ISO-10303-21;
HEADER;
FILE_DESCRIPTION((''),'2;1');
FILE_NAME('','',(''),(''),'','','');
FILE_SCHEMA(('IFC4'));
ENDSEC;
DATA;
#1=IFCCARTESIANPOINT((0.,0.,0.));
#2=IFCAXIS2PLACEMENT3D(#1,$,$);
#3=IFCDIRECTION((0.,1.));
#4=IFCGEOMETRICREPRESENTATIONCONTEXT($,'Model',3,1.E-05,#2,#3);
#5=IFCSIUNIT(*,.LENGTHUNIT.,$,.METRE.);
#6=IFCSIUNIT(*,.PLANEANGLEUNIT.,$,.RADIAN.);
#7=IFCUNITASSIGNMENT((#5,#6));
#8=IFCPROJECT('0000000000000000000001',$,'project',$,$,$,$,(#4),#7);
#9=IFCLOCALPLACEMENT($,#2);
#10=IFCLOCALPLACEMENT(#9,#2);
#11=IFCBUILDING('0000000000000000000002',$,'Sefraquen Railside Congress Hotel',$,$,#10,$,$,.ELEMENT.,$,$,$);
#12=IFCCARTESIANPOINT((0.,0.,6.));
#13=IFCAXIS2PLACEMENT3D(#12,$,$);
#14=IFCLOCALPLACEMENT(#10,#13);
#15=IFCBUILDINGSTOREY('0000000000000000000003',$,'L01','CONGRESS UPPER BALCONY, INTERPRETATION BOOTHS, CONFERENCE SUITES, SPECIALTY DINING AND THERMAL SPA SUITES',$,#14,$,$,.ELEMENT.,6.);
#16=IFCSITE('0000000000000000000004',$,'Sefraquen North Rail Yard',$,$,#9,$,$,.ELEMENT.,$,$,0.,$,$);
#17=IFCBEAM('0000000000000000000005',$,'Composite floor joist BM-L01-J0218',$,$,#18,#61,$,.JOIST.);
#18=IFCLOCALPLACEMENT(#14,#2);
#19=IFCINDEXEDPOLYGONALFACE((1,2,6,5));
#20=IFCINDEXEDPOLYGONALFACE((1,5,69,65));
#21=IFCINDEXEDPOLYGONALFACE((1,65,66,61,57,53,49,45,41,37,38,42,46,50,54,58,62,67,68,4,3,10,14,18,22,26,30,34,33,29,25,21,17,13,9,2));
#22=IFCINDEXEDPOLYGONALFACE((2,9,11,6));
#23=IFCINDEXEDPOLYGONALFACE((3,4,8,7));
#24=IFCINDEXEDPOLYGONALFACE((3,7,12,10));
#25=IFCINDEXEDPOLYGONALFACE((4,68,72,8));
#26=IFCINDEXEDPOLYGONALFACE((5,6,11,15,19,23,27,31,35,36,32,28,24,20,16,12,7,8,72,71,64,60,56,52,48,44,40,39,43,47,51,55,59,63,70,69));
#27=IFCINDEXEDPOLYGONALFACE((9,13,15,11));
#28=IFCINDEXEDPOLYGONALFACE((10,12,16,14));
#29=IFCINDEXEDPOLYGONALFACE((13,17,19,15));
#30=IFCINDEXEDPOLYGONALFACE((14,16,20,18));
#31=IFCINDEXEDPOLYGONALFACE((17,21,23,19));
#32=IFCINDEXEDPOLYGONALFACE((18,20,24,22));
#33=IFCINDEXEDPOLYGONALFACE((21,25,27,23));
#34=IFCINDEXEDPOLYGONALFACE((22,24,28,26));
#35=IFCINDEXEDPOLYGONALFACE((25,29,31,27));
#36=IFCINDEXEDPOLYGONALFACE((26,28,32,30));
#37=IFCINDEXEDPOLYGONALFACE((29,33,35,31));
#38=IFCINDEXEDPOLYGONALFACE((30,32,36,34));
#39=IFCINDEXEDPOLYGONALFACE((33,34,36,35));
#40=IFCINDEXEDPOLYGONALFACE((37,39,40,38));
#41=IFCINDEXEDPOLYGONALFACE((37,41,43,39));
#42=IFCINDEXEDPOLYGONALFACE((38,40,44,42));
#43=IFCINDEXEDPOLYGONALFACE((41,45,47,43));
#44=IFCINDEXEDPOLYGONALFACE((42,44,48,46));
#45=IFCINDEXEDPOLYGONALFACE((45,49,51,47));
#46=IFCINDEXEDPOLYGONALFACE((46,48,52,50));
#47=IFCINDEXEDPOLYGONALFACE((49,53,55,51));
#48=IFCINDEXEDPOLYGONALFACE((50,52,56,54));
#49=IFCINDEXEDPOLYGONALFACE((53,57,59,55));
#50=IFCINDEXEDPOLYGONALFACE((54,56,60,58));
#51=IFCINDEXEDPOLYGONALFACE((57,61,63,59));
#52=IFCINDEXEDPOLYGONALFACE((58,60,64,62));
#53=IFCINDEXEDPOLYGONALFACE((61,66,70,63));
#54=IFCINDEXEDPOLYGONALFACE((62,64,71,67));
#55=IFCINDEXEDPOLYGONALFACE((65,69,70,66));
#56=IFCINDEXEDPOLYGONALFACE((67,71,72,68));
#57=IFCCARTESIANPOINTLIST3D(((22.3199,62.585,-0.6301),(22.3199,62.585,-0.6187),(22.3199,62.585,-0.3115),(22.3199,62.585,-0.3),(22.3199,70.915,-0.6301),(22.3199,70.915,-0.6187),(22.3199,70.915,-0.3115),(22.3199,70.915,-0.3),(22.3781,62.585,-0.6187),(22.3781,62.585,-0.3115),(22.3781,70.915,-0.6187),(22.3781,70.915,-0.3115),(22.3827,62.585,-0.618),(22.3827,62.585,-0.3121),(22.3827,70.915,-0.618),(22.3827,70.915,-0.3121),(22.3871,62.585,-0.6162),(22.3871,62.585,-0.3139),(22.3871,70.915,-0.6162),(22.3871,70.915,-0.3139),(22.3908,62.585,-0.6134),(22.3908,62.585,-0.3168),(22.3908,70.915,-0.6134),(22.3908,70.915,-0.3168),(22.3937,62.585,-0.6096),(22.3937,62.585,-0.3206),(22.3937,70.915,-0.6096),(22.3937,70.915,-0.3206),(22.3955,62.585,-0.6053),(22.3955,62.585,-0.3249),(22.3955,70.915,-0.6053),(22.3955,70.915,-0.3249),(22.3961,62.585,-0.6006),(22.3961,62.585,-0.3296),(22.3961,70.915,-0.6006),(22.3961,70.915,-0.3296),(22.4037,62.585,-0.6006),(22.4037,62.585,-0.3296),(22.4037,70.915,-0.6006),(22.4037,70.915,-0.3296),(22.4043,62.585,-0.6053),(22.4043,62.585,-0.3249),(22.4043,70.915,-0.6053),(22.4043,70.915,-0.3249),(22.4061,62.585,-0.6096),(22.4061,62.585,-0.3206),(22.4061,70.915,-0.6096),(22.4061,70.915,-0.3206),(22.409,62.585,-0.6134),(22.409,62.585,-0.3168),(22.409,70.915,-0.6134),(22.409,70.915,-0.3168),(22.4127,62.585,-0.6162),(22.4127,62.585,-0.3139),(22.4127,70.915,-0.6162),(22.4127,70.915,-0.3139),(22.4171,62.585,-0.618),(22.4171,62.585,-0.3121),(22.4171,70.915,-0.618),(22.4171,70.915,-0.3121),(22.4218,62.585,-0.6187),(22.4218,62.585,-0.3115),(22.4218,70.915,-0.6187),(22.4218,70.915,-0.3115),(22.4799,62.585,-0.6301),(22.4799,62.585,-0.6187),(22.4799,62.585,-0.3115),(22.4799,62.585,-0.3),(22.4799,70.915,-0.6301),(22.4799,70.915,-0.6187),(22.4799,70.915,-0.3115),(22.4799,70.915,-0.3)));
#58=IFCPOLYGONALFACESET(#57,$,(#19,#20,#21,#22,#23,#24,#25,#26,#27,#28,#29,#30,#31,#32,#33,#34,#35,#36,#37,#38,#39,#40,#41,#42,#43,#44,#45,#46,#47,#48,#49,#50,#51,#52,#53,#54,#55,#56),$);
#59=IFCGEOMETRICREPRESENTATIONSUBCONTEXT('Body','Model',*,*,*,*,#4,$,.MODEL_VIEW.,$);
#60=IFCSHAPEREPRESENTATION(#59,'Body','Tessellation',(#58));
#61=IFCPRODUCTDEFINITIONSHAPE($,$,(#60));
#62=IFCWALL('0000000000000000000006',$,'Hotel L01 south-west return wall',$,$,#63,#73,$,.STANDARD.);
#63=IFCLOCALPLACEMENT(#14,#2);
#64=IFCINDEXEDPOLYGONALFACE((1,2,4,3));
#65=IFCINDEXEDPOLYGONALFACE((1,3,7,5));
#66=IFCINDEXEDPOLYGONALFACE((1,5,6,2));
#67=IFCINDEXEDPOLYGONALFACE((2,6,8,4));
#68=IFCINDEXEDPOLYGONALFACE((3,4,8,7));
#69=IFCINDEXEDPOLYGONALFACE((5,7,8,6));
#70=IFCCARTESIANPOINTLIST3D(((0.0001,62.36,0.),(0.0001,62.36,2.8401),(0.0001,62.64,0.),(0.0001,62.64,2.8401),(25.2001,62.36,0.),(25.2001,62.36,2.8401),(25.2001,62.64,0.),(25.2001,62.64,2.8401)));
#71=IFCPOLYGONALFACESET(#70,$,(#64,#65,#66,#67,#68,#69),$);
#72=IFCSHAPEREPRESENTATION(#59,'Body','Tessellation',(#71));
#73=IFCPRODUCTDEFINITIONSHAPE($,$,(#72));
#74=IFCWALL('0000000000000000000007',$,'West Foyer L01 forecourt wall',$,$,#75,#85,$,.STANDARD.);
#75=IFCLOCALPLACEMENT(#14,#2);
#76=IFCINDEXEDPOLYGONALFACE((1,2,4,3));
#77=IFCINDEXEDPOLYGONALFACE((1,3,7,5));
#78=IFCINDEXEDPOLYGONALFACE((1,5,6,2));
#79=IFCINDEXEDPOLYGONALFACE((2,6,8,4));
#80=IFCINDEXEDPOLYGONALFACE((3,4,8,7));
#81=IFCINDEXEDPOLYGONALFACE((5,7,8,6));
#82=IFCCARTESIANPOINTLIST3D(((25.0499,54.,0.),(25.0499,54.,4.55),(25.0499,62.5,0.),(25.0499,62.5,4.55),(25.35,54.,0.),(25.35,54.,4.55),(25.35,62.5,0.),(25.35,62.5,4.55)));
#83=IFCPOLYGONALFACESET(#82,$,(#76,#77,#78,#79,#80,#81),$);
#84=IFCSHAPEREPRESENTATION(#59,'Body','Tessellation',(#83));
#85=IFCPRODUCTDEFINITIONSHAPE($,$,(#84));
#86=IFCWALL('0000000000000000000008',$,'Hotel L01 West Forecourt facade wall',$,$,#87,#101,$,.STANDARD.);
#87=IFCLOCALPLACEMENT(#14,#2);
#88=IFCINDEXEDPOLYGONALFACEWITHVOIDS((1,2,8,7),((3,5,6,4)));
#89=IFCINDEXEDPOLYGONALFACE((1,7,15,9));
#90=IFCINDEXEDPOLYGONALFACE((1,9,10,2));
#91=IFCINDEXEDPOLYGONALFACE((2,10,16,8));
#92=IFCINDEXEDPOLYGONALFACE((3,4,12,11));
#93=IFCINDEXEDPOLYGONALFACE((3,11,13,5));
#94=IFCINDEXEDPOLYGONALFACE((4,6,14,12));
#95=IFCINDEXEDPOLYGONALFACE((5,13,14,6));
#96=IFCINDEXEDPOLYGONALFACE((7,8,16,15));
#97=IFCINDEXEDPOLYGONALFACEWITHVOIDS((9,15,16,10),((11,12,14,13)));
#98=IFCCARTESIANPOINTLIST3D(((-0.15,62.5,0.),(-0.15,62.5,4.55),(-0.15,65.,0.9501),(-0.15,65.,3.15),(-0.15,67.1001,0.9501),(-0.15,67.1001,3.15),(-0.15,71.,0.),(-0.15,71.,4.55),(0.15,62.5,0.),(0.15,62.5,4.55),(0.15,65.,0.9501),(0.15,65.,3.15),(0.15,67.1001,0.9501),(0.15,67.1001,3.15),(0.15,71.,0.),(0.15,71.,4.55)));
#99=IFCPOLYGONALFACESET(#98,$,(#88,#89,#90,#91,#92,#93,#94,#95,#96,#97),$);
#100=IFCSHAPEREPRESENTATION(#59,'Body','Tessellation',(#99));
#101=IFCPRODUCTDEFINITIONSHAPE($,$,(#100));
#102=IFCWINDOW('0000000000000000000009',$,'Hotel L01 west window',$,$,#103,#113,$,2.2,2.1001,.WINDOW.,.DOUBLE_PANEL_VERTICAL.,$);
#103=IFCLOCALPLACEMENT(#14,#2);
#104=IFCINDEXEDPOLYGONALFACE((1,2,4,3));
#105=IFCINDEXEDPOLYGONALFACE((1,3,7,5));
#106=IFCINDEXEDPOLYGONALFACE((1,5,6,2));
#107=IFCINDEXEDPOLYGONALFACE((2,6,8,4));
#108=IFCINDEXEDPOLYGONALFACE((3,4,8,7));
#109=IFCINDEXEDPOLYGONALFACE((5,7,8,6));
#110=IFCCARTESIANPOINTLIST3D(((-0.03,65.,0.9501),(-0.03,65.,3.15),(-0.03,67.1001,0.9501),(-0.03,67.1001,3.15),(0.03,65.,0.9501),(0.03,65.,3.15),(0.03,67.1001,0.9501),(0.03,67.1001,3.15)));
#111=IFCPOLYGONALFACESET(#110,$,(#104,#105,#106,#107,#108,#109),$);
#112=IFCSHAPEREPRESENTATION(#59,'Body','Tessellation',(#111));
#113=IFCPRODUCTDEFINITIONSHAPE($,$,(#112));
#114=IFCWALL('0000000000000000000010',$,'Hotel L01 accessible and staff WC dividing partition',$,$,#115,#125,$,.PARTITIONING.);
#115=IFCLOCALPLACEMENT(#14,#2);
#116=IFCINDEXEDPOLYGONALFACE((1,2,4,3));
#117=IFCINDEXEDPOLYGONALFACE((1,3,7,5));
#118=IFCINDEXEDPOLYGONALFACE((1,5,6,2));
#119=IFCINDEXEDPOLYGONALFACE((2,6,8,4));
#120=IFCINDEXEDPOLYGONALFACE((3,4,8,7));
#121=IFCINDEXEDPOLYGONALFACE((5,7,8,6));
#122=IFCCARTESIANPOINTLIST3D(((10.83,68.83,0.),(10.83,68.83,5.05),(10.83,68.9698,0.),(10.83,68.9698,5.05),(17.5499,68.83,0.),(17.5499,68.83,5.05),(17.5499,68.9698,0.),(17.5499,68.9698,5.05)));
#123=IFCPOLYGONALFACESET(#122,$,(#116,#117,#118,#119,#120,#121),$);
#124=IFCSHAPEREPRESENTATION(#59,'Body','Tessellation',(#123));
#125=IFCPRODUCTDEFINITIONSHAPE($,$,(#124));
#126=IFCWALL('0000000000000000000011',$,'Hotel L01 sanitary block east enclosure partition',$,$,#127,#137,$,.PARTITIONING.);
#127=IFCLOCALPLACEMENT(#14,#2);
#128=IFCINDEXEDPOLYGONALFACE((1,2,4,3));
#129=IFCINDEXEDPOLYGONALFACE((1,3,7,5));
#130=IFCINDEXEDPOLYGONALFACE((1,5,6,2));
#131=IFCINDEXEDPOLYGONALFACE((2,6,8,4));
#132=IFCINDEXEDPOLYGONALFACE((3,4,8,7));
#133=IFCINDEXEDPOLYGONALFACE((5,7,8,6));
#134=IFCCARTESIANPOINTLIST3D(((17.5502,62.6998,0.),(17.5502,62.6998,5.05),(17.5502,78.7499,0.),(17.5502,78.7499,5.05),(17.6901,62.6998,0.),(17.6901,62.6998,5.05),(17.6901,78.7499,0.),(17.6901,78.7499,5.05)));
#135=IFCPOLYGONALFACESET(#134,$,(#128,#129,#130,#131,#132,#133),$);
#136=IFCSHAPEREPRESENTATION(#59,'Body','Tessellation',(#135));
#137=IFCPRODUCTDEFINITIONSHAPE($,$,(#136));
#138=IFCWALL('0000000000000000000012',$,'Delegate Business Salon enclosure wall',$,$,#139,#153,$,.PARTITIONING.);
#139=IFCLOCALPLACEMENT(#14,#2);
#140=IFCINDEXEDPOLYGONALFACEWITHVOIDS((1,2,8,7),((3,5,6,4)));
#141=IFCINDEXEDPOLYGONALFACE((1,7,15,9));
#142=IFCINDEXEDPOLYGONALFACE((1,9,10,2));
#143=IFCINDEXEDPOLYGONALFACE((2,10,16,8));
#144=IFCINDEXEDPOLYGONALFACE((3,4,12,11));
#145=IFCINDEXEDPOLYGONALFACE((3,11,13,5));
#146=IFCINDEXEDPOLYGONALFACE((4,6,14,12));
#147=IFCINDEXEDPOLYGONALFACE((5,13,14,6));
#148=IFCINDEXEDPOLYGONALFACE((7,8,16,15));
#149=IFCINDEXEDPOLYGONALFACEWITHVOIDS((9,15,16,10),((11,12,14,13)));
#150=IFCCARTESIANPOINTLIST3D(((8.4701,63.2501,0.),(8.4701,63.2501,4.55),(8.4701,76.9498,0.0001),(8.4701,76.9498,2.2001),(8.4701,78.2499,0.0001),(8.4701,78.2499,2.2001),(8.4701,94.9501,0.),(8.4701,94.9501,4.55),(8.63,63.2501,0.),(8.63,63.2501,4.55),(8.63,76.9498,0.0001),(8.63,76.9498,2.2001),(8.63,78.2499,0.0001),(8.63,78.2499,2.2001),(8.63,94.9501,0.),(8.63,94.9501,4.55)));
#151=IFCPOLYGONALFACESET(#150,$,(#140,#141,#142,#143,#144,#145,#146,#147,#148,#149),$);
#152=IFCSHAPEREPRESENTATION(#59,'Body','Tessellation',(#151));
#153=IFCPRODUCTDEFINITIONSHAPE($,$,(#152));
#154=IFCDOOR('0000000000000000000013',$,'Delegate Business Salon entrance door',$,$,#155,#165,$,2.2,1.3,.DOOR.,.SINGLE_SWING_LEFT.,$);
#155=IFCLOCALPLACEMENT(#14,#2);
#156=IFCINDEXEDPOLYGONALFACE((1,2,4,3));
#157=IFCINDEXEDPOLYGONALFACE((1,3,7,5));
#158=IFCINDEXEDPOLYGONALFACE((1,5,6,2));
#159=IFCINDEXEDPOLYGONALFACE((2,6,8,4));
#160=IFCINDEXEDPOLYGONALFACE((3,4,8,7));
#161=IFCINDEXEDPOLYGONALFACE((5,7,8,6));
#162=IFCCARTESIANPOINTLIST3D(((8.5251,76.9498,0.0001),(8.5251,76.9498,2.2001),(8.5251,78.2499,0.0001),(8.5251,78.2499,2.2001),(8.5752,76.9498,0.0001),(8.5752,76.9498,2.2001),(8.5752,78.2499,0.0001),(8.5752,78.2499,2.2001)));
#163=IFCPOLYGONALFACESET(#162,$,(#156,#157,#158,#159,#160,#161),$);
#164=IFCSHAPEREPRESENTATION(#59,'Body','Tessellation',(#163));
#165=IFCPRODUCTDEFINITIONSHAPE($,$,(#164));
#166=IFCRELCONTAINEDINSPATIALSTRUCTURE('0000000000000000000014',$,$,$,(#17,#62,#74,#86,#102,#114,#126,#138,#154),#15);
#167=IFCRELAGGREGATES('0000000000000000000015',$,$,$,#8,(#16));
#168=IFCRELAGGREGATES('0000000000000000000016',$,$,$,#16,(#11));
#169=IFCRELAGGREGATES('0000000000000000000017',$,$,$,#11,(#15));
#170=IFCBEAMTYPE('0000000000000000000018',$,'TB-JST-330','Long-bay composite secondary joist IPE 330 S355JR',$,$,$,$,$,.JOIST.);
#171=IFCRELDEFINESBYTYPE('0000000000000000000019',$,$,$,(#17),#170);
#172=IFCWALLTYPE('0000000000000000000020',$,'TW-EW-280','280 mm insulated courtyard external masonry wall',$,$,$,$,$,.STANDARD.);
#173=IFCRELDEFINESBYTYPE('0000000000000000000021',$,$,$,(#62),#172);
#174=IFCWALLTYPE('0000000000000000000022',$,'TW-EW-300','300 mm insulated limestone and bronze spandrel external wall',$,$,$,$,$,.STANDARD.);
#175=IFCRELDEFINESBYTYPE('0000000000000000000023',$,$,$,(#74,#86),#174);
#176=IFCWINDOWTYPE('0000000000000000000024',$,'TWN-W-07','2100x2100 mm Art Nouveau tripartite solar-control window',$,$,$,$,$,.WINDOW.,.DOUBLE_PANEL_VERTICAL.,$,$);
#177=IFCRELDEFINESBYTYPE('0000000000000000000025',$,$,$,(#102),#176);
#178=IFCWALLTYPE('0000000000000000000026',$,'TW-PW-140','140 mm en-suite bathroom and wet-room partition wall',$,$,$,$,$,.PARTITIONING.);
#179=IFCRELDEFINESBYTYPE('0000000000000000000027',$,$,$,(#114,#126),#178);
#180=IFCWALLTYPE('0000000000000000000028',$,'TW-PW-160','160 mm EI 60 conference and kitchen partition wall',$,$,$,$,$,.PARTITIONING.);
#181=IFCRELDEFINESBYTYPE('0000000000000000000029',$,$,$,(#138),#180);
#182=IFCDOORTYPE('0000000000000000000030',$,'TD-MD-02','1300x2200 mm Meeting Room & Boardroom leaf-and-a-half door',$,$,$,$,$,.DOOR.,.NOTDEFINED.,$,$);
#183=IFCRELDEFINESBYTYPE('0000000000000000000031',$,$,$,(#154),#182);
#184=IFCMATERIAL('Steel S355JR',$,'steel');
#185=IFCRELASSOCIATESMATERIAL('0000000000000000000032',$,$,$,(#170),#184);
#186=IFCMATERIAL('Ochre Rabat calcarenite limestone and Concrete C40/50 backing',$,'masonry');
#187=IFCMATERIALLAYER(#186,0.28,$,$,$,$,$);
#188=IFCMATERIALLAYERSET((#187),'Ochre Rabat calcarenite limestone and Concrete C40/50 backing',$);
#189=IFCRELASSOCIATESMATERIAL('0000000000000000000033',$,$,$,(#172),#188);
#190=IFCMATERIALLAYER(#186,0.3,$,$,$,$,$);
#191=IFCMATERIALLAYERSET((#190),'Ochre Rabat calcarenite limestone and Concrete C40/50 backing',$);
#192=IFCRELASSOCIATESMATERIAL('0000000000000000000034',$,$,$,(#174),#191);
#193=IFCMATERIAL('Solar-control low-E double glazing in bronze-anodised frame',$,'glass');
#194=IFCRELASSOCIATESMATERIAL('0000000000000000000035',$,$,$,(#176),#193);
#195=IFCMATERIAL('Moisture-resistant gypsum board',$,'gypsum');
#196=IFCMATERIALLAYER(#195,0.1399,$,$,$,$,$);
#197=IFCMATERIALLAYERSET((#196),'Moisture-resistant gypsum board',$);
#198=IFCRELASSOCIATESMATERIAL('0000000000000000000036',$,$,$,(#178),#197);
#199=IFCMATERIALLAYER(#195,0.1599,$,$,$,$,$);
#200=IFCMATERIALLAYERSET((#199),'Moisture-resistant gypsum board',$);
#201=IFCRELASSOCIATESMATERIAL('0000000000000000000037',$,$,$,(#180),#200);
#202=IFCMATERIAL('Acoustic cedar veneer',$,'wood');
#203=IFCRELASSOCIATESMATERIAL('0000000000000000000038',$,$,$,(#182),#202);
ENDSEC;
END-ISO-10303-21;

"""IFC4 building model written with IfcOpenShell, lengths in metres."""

from ifc_helpers import new_model, si_unit, direction, frame, frame_2d, origin, origin_2d, place, context, subcontext, project, spatial, rectangle, i_section, extrude, material, layer, layer_set, material_profile, profile_set, type_object, element, fill, save


model = new_model("IFC4")

# Units and contexts
model_context = context("Model", 3, precision=1e-05, world=origin(), true_north=direction((0.0, 1.0)))
body_context = subcontext(model_context, "Body", "Model", "MODEL_VIEW")
ifc_project = project(units=[si_unit("LENGTHUNIT", "METRE"), si_unit("PLANEANGLEUNIT", "RADIAN")], contexts=[model_context])

# Site, building, storey
site_placement = place(None, origin())
site = spatial("IfcSite", under=ifc_project, at=site_placement, Name="Sefraquen North Rail Yard", CompositionType="ELEMENT", RefElevation=0.0)
building_placement = place(site_placement, origin())
building = spatial("IfcBuilding", under=site, at=building_placement, Name="Sefraquen Railside Congress Hotel", CompositionType="ELEMENT")
storey_placement = place(building_placement, frame((0.0, 0.0, 6.0)))
storey = spatial("IfcBuildingStorey", under=building, at=storey_placement, Name="L01", Description="CONGRESS UPPER BALCONY, INTERPRETATION BOOTHS, CONFERENCE SUITES, SPECIALTY DINING AND THERMAL SPA SUITES", CompositionType="ELEMENT", Elevation=6.0)

# Shared definitions
ifc_material_1 = material(Name="Steel S355JR", Category="steel")

# Beam
ifc_material_profile_1 = material_profile(ifc_material_1, i_section(OverallWidth=0.1599, OverallDepth=0.3301, WebThickness=0.0076, FlangeThickness=0.0115, FilletRadius=0.0181, at=origin_2d()), Name="IPE 330")
ifc_profile_set_1 = profile_set([ifc_material_profile_1], Name="Steel S355JR")
beam_type_1 = type_object("IfcBeamType", Name="TB-JST-330", Description="Long-bay composite secondary joist IPE 330 S355JR", PredefinedType="JOIST", material=ifc_profile_set_1)
for number, where, z_axis, x_axis, name in (
    (1, (22.3999, 62.585, -0.4651), (0.0, 1.0, 0.0), (-1.0, 0.0, 0.0), "Composite floor joist BM-L01-J0218"),
):
    element("IfcBeam", number, at=place(storey_placement, frame(where, z_axis=z_axis, x_axis=x_axis)), inside=storey, type_object=beam_type_1, Name=name, PredefinedType="JOIST", context=body_context, shape_type="SweptSolid", body=[
        extrude(i_section(OverallWidth=0.1599, OverallDepth=0.3301, WebThickness=0.0076, FlangeThickness=0.0115, FilletRadius=0.0181, at=origin_2d()), origin(), (0.0, 0.0, 1.0), 8.3301),
    ])

# Walls
ifc_material_2 = material(Name="Ochre Rabat calcarenite limestone and Concrete C40/50 backing", Category="masonry")
ifc_layer_1 = layer(ifc_material_2, 0.28)
ifc_layer_set_1 = layer_set([ifc_layer_1], Name="Ochre Rabat calcarenite limestone and Concrete C40/50 backing")
wall_type_1 = type_object("IfcWallType", Name="TW-EW-280", Description="280 mm insulated courtyard external masonry wall", PredefinedType="STANDARD", material=ifc_layer_set_1)
wall_1_placement = place(storey_placement, frame((0.0, 62.5, 0.0), z_axis=(0.0, 0.0, 1.0), x_axis=(1.0, 0.0, 0.0)))
element("IfcWall", 2, at=wall_1_placement, inside=storey, type_object=wall_type_1, Name="Hotel L01 south-west return wall", PredefinedType="STANDARD", context=body_context, shape_type="SweptSolid", body=[
    extrude(rectangle(XDim=25.2, YDim=0.28, at=frame_2d((12.6001, 0.0))), origin(), (0.0, 0.0, 1.0), 2.8401),
])
ifc_layer_2 = layer(ifc_material_2, 0.3)
ifc_layer_set_2 = layer_set([ifc_layer_2], Name="Ochre Rabat calcarenite limestone and Concrete C40/50 backing")
wall_type_2 = type_object("IfcWallType", Name="TW-EW-300", Description="300 mm insulated limestone and bronze spandrel external wall", PredefinedType="STANDARD", material=ifc_layer_set_2)
wall_2_placement = place(storey_placement, frame((25.2, 54.0, 0.0), z_axis=(0.0, 0.0, 1.0), x_axis=(0.0, 1.0, 0.0)))
element("IfcWall", 3, at=wall_2_placement, inside=storey, type_object=wall_type_2, Name="West Foyer L01 forecourt wall", PredefinedType="STANDARD", context=body_context, shape_type="SweptSolid", body=[
    extrude(rectangle(XDim=8.5, YDim=0.3, at=frame_2d((4.25, 0.0))), origin(), (0.0, 0.0, 1.0), 4.55),
])

# Wall, opening, window
wall_3_placement = place(storey_placement, frame((0.0, 62.5, 0.0), z_axis=(0.0, 0.0, 1.0), x_axis=(0.0, 1.0, 0.0)))
wall_3 = element("IfcWall", 4, at=wall_3_placement, inside=storey, type_object=wall_type_2, Name="Hotel L01 West Forecourt facade wall", PredefinedType="STANDARD", context=body_context, shape_type="SweptSolid", body=[
    extrude(rectangle(XDim=8.5, YDim=0.3, at=frame_2d((4.25, 0.0))), origin(), (0.0, 0.0, 1.0), 4.55),
])
opening_1_placement = place(wall_3_placement, frame((2.5, 0.0, 0.95)))
opening_1 = element("IfcOpeningElement", 5, at=opening_1_placement, cuts=wall_3, PredefinedType="OPENING", context=body_context, shape_type="SweptSolid", body=[
    extrude(rectangle(XDim=2.1001, YDim=2.2, at=frame_2d((1.05, 1.1001))), frame((0.0, 0.1599, 0.0), z_axis=(0.0, -1.0, 0.0), x_axis=(1.0, 0.0, 0.0)), (0.0, 0.0, 1.0), 0.3201),
])
ifc_material_3 = material(Name="Solar-control low-E double glazing in bronze-anodised frame", Category="glass")
window_type = type_object("IfcWindowType", Name="TWN-W-07", Description="2100x2100 mm Art Nouveau tripartite solar-control window", PartitioningType="DOUBLE_PANEL_VERTICAL", PredefinedType="WINDOW", material=ifc_material_3)
window_placement = place(opening_1_placement, origin())
window = element("IfcWindow", 6, at=window_placement, inside=storey, type_object=window_type, Name="Hotel L01 west window", OverallHeight=2.2, OverallWidth=2.1001, PartitioningType="DOUBLE_PANEL_VERTICAL", PredefinedType="WINDOW", context=body_context, shape_type="SweptSolid", body=[
    extrude(rectangle(XDim=2.1001, YDim=2.2, at=frame_2d((1.05, 1.1001))), frame((0.0, 0.03, 0.0), z_axis=(0.0, -1.0, 0.0), x_axis=(1.0, 0.0, 0.0)), (0.0, 0.0, 1.0), 0.0601),
])
fill(opening_1, window)

# Walls
ifc_material_4 = material(Name="Moisture-resistant gypsum board", Category="gypsum")
ifc_layer_3 = layer(ifc_material_4, 0.1399)
ifc_layer_set_3 = layer_set([ifc_layer_3], Name="Moisture-resistant gypsum board")
wall_type_3 = type_object("IfcWallType", Name="TW-PW-140", Description="140 mm en-suite bathroom and wet-room partition wall", PredefinedType="PARTITIONING", material=ifc_layer_set_3)
wall_4_placement = place(storey_placement, frame((10.8301, 68.8999, 0.0), z_axis=(0.0, 0.0, 1.0), x_axis=(1.0, 0.0, 0.0)))
element("IfcWall", 7, at=wall_4_placement, inside=storey, type_object=wall_type_3, Name="Hotel L01 accessible and staff WC dividing partition", PredefinedType="PARTITIONING", context=body_context, shape_type="SweptSolid", body=[
    extrude(rectangle(XDim=6.72, YDim=0.1399, at=frame_2d((3.3599, 0.0))), origin(), (0.0, 0.0, 1.0), 5.05),
])
wall_5_placement = place(storey_placement, frame((17.6201, 62.7, 0.0), z_axis=(0.0, 0.0, 1.0), x_axis=(0.0, 1.0, 0.0)))
element("IfcWall", 8, at=wall_5_placement, inside=storey, type_object=wall_type_3, Name="Hotel L01 sanitary block east enclosure partition", PredefinedType="PARTITIONING", context=body_context, shape_type="SweptSolid", body=[
    extrude(rectangle(XDim=16.05, YDim=0.1399, at=frame_2d((8.0249, 0.0))), origin(), (0.0, 0.0, 1.0), 5.05),
])

# Wall, opening, door
ifc_layer_4 = layer(ifc_material_4, 0.1599)
ifc_layer_set_4 = layer_set([ifc_layer_4], Name="Moisture-resistant gypsum board")
wall_type_4 = type_object("IfcWallType", Name="TW-PW-160", Description="160 mm EI 60 conference and kitchen partition wall", PredefinedType="PARTITIONING", material=ifc_layer_set_4)
wall_6_placement = place(storey_placement, frame((8.55, 63.25, 0.0), z_axis=(0.0, 0.0, 1.0), x_axis=(0.0, 1.0, 0.0)))
wall_6 = element("IfcWall", 9, at=wall_6_placement, inside=storey, type_object=wall_type_4, Name="Delegate Business Salon enclosure wall", PredefinedType="PARTITIONING", context=body_context, shape_type="SweptSolid", body=[
    extrude(rectangle(XDim=31.7, YDim=0.1599, at=frame_2d((15.8501, 0.0))), origin(), (0.0, 0.0, 1.0), 4.55),
])
opening_2_placement = place(wall_6_placement, frame((13.7, 0.0, 0.0)))
opening_2 = element("IfcOpeningElement", 10, at=opening_2_placement, cuts=wall_6, PredefinedType="OPENING", context=body_context, shape_type="SweptSolid", body=[
    extrude(rectangle(XDim=1.3, YDim=2.2, at=frame_2d((0.6499, 1.1001))), frame((0.0, 0.0898, 0.0), z_axis=(0.0, -1.0, 0.0), x_axis=(1.0, 0.0, 0.0)), (0.0, 0.0, 1.0), 0.1799),
])
ifc_material_5 = material(Name="Acoustic cedar veneer", Category="wood")
door_type_1 = type_object("IfcDoorType", Name="TD-MD-02", Description="1300x2200 mm Meeting Room & Boardroom leaf-and-a-half door", OperationType="NOTDEFINED", PredefinedType="DOOR", material=ifc_material_5)
door_1_placement = place(opening_2_placement, origin())
door_1 = element("IfcDoor", 11, at=door_1_placement, inside=storey, type_object=door_type_1, Name="Delegate Business Salon entrance door", OperationType="SINGLE_SWING_LEFT", OverallHeight=2.2, OverallWidth=1.3, PredefinedType="DOOR", context=body_context, shape_type="SweptSolid", body=[
    extrude(rectangle(XDim=1.3, YDim=2.2, at=frame_2d((0.6499, 1.1001))), frame((0.0, 0.0249, 0.0), z_axis=(0.0, -1.0, 0.0), x_axis=(1.0, 0.0, 0.0)), (0.0, 0.0, 1.0), 0.05),
])
fill(opening_2, door_1)

save(model, "model.ifc")
